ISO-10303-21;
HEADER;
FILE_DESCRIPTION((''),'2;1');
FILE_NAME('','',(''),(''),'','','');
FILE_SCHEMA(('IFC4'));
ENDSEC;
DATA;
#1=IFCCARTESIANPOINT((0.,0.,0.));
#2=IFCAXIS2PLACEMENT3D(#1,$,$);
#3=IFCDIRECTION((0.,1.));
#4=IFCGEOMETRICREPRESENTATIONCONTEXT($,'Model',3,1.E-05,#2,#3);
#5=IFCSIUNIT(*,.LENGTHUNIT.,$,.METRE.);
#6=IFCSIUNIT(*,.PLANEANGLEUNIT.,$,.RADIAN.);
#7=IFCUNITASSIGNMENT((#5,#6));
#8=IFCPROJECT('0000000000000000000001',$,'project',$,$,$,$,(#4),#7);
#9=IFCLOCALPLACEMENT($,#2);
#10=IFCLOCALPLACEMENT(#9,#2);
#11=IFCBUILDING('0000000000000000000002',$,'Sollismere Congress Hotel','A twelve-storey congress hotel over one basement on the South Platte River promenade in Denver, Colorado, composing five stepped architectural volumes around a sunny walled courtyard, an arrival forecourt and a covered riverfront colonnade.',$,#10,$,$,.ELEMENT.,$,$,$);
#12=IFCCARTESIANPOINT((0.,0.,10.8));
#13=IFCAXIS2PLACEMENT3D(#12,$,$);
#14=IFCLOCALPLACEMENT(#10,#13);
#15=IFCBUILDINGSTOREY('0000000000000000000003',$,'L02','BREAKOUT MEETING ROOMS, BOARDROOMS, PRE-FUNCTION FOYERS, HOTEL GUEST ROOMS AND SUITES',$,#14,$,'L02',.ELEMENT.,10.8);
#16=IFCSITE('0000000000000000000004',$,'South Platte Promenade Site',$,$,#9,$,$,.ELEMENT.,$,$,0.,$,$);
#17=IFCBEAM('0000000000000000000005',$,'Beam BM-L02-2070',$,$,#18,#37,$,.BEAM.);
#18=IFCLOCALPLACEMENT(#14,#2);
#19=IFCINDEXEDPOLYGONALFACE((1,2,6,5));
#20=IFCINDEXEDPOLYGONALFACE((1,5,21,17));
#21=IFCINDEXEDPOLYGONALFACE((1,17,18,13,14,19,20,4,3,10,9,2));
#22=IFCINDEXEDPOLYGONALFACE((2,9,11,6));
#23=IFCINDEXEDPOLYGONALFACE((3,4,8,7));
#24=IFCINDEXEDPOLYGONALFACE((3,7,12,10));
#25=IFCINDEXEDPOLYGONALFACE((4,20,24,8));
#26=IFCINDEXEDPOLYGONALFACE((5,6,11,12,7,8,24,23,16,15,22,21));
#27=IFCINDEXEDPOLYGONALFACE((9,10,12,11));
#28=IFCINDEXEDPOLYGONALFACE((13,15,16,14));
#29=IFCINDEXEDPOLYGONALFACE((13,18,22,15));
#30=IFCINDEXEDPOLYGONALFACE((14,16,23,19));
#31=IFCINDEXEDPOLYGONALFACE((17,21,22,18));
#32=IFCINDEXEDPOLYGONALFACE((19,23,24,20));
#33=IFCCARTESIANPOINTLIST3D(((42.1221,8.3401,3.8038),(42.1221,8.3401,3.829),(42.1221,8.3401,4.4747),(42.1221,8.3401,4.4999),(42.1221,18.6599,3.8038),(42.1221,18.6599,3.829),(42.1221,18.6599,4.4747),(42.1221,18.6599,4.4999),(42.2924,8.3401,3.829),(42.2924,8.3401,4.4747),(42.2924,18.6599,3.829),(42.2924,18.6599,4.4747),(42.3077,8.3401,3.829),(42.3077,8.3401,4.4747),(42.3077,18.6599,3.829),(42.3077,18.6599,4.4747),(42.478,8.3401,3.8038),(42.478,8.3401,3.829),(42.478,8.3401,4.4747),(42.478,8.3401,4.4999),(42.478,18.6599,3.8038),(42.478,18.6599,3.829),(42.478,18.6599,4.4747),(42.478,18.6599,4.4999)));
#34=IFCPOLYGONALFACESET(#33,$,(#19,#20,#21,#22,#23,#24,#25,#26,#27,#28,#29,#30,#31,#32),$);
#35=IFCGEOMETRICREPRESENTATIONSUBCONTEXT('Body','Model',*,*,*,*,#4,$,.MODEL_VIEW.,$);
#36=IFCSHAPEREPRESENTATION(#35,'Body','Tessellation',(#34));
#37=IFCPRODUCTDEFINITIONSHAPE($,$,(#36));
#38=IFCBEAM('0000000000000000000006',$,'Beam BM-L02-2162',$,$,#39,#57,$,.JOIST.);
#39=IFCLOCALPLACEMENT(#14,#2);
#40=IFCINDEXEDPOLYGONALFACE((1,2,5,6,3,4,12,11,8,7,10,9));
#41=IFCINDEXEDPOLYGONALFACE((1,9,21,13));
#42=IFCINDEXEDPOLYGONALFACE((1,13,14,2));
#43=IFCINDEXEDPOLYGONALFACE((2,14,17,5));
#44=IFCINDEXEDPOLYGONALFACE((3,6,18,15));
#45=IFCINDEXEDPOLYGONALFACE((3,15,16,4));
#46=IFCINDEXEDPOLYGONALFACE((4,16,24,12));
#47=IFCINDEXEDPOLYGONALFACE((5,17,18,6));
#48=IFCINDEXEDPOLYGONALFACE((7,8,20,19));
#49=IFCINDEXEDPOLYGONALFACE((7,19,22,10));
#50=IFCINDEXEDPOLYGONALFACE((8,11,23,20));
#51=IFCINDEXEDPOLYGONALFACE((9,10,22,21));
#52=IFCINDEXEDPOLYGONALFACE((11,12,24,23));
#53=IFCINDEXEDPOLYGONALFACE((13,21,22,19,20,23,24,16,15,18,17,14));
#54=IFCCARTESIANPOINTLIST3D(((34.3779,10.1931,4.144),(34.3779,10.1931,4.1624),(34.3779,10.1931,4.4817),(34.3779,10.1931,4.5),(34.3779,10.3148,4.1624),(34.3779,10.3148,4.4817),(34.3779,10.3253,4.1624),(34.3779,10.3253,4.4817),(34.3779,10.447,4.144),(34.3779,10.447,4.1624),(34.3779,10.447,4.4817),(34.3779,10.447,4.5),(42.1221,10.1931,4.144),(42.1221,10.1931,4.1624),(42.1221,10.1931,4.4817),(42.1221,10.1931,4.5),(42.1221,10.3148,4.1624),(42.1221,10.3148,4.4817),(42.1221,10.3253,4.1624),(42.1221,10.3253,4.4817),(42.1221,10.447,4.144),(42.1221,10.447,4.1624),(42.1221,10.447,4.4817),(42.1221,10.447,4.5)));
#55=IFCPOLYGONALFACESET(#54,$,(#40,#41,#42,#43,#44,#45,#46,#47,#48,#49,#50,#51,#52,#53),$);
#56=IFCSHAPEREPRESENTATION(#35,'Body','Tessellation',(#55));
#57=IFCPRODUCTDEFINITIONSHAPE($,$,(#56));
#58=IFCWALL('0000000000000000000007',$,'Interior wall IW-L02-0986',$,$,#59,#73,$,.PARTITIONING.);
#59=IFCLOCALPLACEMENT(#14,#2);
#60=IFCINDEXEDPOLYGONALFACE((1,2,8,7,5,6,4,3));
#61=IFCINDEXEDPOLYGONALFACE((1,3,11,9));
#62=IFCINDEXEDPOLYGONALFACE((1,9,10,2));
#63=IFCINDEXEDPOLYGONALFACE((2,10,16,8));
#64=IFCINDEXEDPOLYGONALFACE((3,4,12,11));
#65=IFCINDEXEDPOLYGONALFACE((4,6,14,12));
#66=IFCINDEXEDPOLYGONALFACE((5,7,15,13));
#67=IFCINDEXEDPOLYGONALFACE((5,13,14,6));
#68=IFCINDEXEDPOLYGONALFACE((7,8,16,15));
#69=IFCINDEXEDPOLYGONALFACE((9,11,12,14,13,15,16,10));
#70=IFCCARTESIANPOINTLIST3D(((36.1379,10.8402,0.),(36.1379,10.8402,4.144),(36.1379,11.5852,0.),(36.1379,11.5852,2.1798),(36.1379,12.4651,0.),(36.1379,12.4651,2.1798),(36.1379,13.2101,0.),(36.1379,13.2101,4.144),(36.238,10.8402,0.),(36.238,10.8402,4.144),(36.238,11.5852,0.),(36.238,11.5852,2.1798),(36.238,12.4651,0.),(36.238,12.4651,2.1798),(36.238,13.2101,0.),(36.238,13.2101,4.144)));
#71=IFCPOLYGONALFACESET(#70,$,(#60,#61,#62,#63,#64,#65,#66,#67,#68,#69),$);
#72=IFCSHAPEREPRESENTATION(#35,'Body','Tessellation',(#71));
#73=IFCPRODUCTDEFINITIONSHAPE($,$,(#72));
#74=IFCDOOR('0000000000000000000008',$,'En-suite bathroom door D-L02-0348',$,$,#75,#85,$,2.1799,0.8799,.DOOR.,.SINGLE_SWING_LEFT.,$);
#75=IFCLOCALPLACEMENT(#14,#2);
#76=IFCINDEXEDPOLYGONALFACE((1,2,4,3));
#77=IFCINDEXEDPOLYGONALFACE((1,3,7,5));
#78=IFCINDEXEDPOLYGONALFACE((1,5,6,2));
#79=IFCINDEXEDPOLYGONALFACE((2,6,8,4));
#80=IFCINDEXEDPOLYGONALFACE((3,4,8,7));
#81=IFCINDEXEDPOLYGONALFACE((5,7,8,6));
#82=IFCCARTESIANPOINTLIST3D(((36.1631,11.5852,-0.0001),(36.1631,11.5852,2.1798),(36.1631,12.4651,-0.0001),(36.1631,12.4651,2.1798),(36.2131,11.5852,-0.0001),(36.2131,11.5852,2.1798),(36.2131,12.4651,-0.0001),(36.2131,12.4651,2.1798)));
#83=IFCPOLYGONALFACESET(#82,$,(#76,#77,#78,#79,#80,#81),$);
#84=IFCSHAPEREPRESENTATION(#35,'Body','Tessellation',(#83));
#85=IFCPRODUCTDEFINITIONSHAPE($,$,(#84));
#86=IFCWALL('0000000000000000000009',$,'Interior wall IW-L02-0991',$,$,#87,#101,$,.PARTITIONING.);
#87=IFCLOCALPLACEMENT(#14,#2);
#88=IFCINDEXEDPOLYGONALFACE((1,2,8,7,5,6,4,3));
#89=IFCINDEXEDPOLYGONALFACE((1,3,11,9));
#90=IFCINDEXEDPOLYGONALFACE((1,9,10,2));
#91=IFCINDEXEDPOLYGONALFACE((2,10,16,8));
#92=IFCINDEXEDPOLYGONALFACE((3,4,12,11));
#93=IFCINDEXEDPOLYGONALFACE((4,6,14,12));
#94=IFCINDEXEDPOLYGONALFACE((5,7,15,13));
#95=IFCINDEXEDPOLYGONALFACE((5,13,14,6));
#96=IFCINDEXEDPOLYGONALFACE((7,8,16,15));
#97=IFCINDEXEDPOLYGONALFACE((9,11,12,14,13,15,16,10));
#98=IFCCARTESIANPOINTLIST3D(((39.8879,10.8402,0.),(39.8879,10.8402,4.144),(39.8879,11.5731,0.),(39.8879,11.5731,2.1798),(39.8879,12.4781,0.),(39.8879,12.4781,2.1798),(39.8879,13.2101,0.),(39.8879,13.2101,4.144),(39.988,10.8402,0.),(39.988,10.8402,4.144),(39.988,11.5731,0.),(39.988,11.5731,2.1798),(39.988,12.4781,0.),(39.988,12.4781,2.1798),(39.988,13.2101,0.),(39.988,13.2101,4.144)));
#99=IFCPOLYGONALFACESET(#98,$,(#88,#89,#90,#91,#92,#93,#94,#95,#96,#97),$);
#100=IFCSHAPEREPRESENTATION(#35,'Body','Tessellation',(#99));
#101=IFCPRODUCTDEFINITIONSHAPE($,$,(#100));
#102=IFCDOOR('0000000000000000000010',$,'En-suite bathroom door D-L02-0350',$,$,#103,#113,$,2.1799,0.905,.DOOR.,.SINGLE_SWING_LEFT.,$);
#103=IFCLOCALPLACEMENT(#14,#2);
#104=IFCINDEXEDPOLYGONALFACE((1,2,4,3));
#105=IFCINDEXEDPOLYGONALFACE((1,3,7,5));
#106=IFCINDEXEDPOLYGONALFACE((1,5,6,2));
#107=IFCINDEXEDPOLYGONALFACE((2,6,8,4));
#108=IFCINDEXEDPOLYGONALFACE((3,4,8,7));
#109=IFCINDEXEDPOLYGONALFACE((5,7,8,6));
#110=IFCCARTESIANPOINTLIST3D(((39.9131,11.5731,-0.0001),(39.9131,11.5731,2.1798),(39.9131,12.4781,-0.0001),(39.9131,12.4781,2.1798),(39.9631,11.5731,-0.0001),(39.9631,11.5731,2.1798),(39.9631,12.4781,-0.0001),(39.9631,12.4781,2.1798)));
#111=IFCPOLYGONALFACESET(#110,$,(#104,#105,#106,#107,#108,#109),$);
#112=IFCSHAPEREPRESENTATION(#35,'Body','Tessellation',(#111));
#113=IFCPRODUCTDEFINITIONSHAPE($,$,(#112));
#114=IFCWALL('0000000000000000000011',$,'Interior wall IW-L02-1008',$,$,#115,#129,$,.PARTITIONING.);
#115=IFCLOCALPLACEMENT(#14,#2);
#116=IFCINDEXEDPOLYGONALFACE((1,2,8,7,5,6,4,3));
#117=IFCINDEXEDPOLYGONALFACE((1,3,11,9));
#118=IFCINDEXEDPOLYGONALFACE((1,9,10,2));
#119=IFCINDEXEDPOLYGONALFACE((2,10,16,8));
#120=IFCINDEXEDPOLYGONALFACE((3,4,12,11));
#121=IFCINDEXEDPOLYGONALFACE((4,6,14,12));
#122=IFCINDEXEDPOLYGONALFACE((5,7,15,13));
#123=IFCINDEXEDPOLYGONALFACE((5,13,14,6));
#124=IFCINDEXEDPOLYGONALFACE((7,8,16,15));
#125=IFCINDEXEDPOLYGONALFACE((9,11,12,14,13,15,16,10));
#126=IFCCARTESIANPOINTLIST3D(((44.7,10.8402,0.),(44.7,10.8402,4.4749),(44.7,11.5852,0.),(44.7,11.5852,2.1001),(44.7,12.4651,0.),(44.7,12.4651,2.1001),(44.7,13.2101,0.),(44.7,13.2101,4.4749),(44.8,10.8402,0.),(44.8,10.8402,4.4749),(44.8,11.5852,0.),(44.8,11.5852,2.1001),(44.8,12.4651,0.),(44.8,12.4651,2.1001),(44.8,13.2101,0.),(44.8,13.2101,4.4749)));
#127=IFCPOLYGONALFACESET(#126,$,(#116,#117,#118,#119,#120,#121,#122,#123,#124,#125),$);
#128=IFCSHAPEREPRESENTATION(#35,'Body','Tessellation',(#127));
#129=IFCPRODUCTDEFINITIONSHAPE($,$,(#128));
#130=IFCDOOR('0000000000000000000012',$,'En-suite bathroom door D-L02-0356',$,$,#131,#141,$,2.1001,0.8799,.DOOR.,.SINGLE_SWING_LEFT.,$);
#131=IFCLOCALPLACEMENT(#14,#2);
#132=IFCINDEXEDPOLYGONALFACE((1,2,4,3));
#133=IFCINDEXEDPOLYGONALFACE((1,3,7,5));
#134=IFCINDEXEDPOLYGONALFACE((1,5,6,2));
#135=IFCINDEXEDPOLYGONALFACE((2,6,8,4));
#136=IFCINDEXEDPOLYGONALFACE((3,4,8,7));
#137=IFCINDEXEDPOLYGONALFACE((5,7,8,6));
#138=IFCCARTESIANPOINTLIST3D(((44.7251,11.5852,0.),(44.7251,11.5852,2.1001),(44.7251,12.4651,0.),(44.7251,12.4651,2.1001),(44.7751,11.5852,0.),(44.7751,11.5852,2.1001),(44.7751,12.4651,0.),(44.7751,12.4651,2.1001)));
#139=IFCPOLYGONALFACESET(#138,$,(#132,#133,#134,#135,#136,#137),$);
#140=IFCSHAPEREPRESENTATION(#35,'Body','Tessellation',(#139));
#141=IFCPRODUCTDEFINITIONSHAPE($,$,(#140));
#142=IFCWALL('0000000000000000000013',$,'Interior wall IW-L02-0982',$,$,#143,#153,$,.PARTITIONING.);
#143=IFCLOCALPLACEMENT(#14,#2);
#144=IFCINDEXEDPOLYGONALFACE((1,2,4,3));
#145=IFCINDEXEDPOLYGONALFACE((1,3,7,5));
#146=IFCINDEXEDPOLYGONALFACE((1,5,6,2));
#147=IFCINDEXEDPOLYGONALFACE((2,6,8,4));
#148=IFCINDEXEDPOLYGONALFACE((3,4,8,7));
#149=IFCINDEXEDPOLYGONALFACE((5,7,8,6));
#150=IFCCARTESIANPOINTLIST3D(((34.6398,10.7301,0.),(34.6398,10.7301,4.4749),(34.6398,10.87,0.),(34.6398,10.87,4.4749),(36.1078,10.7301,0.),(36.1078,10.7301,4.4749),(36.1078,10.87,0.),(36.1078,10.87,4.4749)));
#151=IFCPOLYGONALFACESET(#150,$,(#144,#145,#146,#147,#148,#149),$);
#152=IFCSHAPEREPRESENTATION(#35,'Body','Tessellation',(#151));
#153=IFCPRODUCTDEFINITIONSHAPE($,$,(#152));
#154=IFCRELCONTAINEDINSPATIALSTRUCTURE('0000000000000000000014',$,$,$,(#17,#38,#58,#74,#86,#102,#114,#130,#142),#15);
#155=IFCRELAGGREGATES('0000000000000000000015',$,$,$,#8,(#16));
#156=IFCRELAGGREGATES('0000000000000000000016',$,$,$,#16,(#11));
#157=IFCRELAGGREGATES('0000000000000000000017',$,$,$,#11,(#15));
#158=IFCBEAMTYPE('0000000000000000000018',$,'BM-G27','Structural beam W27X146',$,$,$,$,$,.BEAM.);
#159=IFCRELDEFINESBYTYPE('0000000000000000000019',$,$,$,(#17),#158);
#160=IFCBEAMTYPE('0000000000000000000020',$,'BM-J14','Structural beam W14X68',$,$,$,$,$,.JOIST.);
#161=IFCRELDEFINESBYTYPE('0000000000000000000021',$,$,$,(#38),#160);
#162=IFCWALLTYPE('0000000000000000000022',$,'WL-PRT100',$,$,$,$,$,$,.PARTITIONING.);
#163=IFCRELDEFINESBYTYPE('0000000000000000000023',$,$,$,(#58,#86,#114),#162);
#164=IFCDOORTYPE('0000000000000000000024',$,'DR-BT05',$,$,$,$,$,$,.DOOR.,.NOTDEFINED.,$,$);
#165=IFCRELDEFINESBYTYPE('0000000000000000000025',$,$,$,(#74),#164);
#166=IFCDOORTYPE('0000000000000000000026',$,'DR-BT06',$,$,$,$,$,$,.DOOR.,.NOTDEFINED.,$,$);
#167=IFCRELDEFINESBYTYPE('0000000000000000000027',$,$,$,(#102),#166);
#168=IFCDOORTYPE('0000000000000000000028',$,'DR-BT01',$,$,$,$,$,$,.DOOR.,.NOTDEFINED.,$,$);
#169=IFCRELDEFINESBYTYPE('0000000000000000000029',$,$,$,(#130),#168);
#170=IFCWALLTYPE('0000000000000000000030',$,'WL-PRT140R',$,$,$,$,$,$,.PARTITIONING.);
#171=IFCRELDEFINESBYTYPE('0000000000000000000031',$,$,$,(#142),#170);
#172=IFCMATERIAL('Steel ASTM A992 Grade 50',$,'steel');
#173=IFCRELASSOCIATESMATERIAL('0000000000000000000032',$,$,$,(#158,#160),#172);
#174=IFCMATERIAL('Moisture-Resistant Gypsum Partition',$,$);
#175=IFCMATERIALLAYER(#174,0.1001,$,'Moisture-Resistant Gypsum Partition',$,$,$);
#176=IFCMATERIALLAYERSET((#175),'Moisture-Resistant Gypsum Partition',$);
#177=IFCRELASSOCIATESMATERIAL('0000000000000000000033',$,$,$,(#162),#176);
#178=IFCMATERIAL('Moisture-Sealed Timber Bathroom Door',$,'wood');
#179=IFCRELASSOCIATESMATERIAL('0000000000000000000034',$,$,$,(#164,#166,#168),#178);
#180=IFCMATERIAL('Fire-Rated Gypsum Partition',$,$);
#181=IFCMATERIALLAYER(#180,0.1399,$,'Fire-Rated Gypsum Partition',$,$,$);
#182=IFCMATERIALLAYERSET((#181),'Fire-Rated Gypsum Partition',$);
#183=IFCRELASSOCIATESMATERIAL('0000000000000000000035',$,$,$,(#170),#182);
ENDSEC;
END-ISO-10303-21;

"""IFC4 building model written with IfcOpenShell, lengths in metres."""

from ifc_helpers import new_model, si_unit, direction, frame, frame_2d, origin, origin_2d, place, context, subcontext, project, spatial, rectangle, i_section, extrude, material, layer, layer_set, material_profile, profile_set, type_object, element, fill, save


model = new_model("IFC4")

# Units and contexts
model_context = context("Model", 3, precision=1e-05, world=origin(), true_north=direction((0.0, 1.0)))
body_context = subcontext(model_context, "Body", "Model", "MODEL_VIEW")
ifc_project = project(units=[si_unit("LENGTHUNIT", "METRE"), si_unit("PLANEANGLEUNIT", "RADIAN")], contexts=[model_context])

# Site, building, storey
site_placement = place(None, origin())
site = spatial("IfcSite", under=ifc_project, at=site_placement, Name="South Platte Promenade Site", CompositionType="ELEMENT", RefElevation=0.0)
building_placement = place(site_placement, origin())
building = spatial("IfcBuilding", under=site, at=building_placement, Name="Sollismere Congress Hotel", Description="A twelve-storey congress hotel over one basement on the South Platte River promenade in Denver, Colorado, composing five stepped architectural volumes around a sunny walled courtyard, an arrival forecourt and a covered riverfront colonnade.", CompositionType="ELEMENT")
storey_placement = place(building_placement, frame((0.0, 0.0, 10.8)))
storey = spatial("IfcBuildingStorey", under=building, at=storey_placement, Name="L02", Description="BREAKOUT MEETING ROOMS, BOARDROOMS, PRE-FUNCTION FOYERS, HOTEL GUEST ROOMS AND SUITES", LongName="L02", CompositionType="ELEMENT", Elevation=10.8)

# Beams
ifc_material_1 = material(Name="Steel ASTM A992 Grade 50", Category="steel")
ifc_material_profile_1 = material_profile(ifc_material_1, i_section(OverallWidth=0.356, OverallDepth=0.696, WebThickness=0.0154, FlangeThickness=0.0251, at=origin_2d()), Name="W27X146")
ifc_profile_set_1 = profile_set([ifc_material_profile_1], Name="Steel ASTM A992 Grade 50")
beam_type_1 = type_object("IfcBeamType", Name="BM-G27", Description="Structural beam W27X146", PredefinedType="BEAM", material=ifc_profile_set_1)
beam_1_placement = place(storey_placement, frame((42.3, 8.3401, 4.1519), z_axis=(0.0, 1.0, 0.0), x_axis=(-1.0, 0.0, 0.0)))
element("IfcBeam", 1, at=beam_1_placement, inside=storey, type_object=beam_type_1, Name="Beam BM-L02-2070", PredefinedType="BEAM", context=body_context, shape_type="SweptSolid", body=[
    extrude(i_section(OverallWidth=0.356, OverallDepth=0.696, WebThickness=0.0154, FlangeThickness=0.0251, at=origin_2d()), origin(), (0.0, 0.0, 1.0), 10.3198),
])
ifc_material_profile_2 = material_profile(ifc_material_1, i_section(OverallWidth=0.2539, OverallDepth=0.356, WebThickness=0.0105, FlangeThickness=0.0183, at=origin_2d()), Name="W14X68")
ifc_profile_set_2 = profile_set([ifc_material_profile_2], Name="Steel ASTM A992 Grade 50")
beam_type_2 = type_object("IfcBeamType", Name="BM-J14", Description="Structural beam W14X68", PredefinedType="JOIST", material=ifc_profile_set_2)
beam_2_placement = place(storey_placement, frame((34.3779, 10.3201, 4.322), z_axis=(1.0, 0.0, 0.0), x_axis=(0.0, 1.0, 0.0)))
element("IfcBeam", 2, at=beam_2_placement, inside=storey, type_object=beam_type_2, Name="Beam BM-L02-2162", PredefinedType="JOIST", context=body_context, shape_type="SweptSolid", body=[
    extrude(i_section(OverallWidth=0.2539, OverallDepth=0.356, WebThickness=0.0105, FlangeThickness=0.0183, at=origin_2d()), origin(), (0.0, 0.0, 1.0), 7.7441),
])

# Walls, openings, doors
ifc_material_2 = material(Name="Moisture-Resistant Gypsum Partition")
ifc_layer_1 = layer(ifc_material_2, 0.1001, Name="Moisture-Resistant Gypsum Partition")
ifc_layer_set_1 = layer_set([ifc_layer_1], Name="Moisture-Resistant Gypsum Partition")
wall_type_1 = type_object("IfcWallType", Name="WL-PRT100", PredefinedType="PARTITIONING", material=ifc_layer_set_1)
wall_1_placement = place(storey_placement, frame((36.188, 10.8401, 0.0), z_axis=(0.0, 0.0, 1.0), x_axis=(0.0, 1.0, 0.0)))
wall_1 = element("IfcWall", 3, at=wall_1_placement, inside=storey, type_object=wall_type_1, Name="Interior wall IW-L02-0986", PredefinedType="PARTITIONING", context=body_context, shape_type="SweptSolid", body=[
    extrude(rectangle(XDim=2.3699, YDim=0.1001, at=frame_2d((1.1851, 0.0))), origin(), (0.0, 0.0, 1.0), 4.144),
])
opening_1_placement = place(wall_1_placement, frame((0.7451, 0.0, 0.0)))
opening_1 = element("IfcOpeningElement", 4, at=opening_1_placement, cuts=wall_1, PredefinedType="OPENING", context=body_context, shape_type="SweptSolid", body=[
    extrude(rectangle(XDim=0.8799, YDim=2.1799, at=frame_2d((0.4399, 1.0898))), frame((0.0, 0.0601, 0.0), z_axis=(0.0, -1.0, 0.0), x_axis=(1.0, 0.0, 0.0)), (0.0, 0.0, 1.0), 0.1201),
])
ifc_material_3 = material(Name="Moisture-Sealed Timber Bathroom Door", Category="wood")
door_type_1 = type_object("IfcDoorType", Name="DR-BT05", OperationType="NOTDEFINED", PredefinedType="DOOR", material=ifc_material_3)
door_1_placement = place(opening_1_placement, origin())
door_1 = element("IfcDoor", 5, at=door_1_placement, inside=storey, type_object=door_type_1, Name="En-suite bathroom door D-L02-0348", OperationType="SINGLE_SWING_LEFT", OverallHeight=2.1799, OverallWidth=0.8799, PredefinedType="DOOR", context=body_context, shape_type="SweptSolid", body=[
    extrude(rectangle(XDim=0.8799, YDim=2.1799, at=frame_2d((0.4399, 1.0898))), frame((0.0, 0.0249, 0.0), z_axis=(0.0, -1.0, 0.0), x_axis=(1.0, 0.0, 0.0)), (0.0, 0.0, 1.0), 0.05),
])
fill(opening_1, door_1)
wall_2_placement = place(storey_placement, frame((39.938, 10.8401, 0.0), z_axis=(0.0, 0.0, 1.0), x_axis=(0.0, 1.0, 0.0)))
wall_2 = element("IfcWall", 6, at=wall_2_placement, inside=storey, type_object=wall_type_1, Name="Interior wall IW-L02-0991", PredefinedType="PARTITIONING", context=body_context, shape_type="SweptSolid", body=[
    extrude(rectangle(XDim=2.3699, YDim=0.1001, at=frame_2d((1.1851, 0.0))), origin(), (0.0, 0.0, 1.0), 4.144),
])
opening_2_placement = place(wall_2_placement, frame((0.7329, 0.0, 0.0)))
opening_2 = element("IfcOpeningElement", 7, at=opening_2_placement, cuts=wall_2, PredefinedType="OPENING", context=body_context, shape_type="SweptSolid", body=[
    extrude(rectangle(XDim=0.905, YDim=2.1799, at=frame_2d((0.4526, 1.0898))), frame((0.0, 0.0601, 0.0), z_axis=(0.0, -1.0, 0.0), x_axis=(1.0, 0.0, 0.0)), (0.0, 0.0, 1.0), 0.1201),
])
door_type_2 = type_object("IfcDoorType", Name="DR-BT06", OperationType="NOTDEFINED", PredefinedType="DOOR", material=ifc_material_3)
door_2_placement = place(opening_2_placement, origin())
door_2 = element("IfcDoor", 8, at=door_2_placement, inside=storey, type_object=door_type_2, Name="En-suite bathroom door D-L02-0350", OperationType="SINGLE_SWING_LEFT", OverallHeight=2.1799, OverallWidth=0.905, PredefinedType="DOOR", context=body_context, shape_type="SweptSolid", body=[
    extrude(rectangle(XDim=0.905, YDim=2.1799, at=frame_2d((0.4526, 1.0898))), frame((0.0, 0.0249, 0.0), z_axis=(0.0, -1.0, 0.0), x_axis=(1.0, 0.0, 0.0)), (0.0, 0.0, 1.0), 0.05),
])
fill(opening_2, door_2)
wall_3_placement = place(storey_placement, frame((44.75, 10.8401, 0.0), z_axis=(0.0, 0.0, 1.0), x_axis=(0.0, 1.0, 0.0)))
wall_3 = element("IfcWall", 9, at=wall_3_placement, inside=storey, type_object=wall_type_1, Name="Interior wall IW-L02-1008", PredefinedType="PARTITIONING", context=body_context, shape_type="SweptSolid", body=[
    extrude(rectangle(XDim=2.3699, YDim=0.1001, at=frame_2d((1.1851, 0.0))), origin(), (0.0, 0.0, 1.0), 4.4749),
])
opening_3_placement = place(wall_3_placement, frame((0.7451, 0.0, 0.0)))
opening_3 = element("IfcOpeningElement", 10, at=opening_3_placement, cuts=wall_3, PredefinedType="OPENING", context=body_context, shape_type="SweptSolid", body=[
    extrude(rectangle(XDim=0.8799, YDim=2.1001, at=frame_2d((0.4399, 1.05))), frame((0.0, 0.0601, 0.0), z_axis=(0.0, -1.0, 0.0), x_axis=(1.0, 0.0, 0.0)), (0.0, 0.0, 1.0), 0.1201),
])
door_type_3 = type_object("IfcDoorType", Name="DR-BT01", OperationType="NOTDEFINED", PredefinedType="DOOR", material=ifc_material_3)
door_3_placement = place(opening_3_placement, origin())
door_3 = element("IfcDoor", 11, at=door_3_placement, inside=storey, type_object=door_type_3, Name="En-suite bathroom door D-L02-0356", OperationType="SINGLE_SWING_LEFT", OverallHeight=2.1001, OverallWidth=0.8799, PredefinedType="DOOR", context=body_context, shape_type="SweptSolid", body=[
    extrude(rectangle(XDim=0.8799, YDim=2.1001, at=frame_2d((0.4399, 1.05))), frame((0.0, 0.0249, 0.0), z_axis=(0.0, -1.0, 0.0), x_axis=(1.0, 0.0, 0.0)), (0.0, 0.0, 1.0), 0.05),
])
fill(opening_3, door_3)

# Wall
ifc_material_4 = material(Name="Fire-Rated Gypsum Partition")
ifc_layer_2 = layer(ifc_material_4, 0.1399, Name="Fire-Rated Gypsum Partition")
ifc_layer_set_2 = layer_set([ifc_layer_2], Name="Fire-Rated Gypsum Partition")
wall_type_2 = type_object("IfcWallType", Name="WL-PRT140R", PredefinedType="PARTITIONING", material=ifc_layer_set_2)
wall_4_placement = place(storey_placement, frame((34.6399, 10.8, 0.0), z_axis=(0.0, 0.0, 1.0), x_axis=(1.0, 0.0, 0.0)))
element("IfcWall", 12, at=wall_4_placement, inside=storey, type_object=wall_type_2, Name="Interior wall IW-L02-0982", PredefinedType="PARTITIONING", context=body_context, shape_type="SweptSolid", body=[
    extrude(rectangle(XDim=1.468, YDim=0.1399, at=frame_2d((0.7339, 0.0))), origin(), (0.0, 0.0, 1.0), 4.4749),
])

save(model, "model.ifc")
